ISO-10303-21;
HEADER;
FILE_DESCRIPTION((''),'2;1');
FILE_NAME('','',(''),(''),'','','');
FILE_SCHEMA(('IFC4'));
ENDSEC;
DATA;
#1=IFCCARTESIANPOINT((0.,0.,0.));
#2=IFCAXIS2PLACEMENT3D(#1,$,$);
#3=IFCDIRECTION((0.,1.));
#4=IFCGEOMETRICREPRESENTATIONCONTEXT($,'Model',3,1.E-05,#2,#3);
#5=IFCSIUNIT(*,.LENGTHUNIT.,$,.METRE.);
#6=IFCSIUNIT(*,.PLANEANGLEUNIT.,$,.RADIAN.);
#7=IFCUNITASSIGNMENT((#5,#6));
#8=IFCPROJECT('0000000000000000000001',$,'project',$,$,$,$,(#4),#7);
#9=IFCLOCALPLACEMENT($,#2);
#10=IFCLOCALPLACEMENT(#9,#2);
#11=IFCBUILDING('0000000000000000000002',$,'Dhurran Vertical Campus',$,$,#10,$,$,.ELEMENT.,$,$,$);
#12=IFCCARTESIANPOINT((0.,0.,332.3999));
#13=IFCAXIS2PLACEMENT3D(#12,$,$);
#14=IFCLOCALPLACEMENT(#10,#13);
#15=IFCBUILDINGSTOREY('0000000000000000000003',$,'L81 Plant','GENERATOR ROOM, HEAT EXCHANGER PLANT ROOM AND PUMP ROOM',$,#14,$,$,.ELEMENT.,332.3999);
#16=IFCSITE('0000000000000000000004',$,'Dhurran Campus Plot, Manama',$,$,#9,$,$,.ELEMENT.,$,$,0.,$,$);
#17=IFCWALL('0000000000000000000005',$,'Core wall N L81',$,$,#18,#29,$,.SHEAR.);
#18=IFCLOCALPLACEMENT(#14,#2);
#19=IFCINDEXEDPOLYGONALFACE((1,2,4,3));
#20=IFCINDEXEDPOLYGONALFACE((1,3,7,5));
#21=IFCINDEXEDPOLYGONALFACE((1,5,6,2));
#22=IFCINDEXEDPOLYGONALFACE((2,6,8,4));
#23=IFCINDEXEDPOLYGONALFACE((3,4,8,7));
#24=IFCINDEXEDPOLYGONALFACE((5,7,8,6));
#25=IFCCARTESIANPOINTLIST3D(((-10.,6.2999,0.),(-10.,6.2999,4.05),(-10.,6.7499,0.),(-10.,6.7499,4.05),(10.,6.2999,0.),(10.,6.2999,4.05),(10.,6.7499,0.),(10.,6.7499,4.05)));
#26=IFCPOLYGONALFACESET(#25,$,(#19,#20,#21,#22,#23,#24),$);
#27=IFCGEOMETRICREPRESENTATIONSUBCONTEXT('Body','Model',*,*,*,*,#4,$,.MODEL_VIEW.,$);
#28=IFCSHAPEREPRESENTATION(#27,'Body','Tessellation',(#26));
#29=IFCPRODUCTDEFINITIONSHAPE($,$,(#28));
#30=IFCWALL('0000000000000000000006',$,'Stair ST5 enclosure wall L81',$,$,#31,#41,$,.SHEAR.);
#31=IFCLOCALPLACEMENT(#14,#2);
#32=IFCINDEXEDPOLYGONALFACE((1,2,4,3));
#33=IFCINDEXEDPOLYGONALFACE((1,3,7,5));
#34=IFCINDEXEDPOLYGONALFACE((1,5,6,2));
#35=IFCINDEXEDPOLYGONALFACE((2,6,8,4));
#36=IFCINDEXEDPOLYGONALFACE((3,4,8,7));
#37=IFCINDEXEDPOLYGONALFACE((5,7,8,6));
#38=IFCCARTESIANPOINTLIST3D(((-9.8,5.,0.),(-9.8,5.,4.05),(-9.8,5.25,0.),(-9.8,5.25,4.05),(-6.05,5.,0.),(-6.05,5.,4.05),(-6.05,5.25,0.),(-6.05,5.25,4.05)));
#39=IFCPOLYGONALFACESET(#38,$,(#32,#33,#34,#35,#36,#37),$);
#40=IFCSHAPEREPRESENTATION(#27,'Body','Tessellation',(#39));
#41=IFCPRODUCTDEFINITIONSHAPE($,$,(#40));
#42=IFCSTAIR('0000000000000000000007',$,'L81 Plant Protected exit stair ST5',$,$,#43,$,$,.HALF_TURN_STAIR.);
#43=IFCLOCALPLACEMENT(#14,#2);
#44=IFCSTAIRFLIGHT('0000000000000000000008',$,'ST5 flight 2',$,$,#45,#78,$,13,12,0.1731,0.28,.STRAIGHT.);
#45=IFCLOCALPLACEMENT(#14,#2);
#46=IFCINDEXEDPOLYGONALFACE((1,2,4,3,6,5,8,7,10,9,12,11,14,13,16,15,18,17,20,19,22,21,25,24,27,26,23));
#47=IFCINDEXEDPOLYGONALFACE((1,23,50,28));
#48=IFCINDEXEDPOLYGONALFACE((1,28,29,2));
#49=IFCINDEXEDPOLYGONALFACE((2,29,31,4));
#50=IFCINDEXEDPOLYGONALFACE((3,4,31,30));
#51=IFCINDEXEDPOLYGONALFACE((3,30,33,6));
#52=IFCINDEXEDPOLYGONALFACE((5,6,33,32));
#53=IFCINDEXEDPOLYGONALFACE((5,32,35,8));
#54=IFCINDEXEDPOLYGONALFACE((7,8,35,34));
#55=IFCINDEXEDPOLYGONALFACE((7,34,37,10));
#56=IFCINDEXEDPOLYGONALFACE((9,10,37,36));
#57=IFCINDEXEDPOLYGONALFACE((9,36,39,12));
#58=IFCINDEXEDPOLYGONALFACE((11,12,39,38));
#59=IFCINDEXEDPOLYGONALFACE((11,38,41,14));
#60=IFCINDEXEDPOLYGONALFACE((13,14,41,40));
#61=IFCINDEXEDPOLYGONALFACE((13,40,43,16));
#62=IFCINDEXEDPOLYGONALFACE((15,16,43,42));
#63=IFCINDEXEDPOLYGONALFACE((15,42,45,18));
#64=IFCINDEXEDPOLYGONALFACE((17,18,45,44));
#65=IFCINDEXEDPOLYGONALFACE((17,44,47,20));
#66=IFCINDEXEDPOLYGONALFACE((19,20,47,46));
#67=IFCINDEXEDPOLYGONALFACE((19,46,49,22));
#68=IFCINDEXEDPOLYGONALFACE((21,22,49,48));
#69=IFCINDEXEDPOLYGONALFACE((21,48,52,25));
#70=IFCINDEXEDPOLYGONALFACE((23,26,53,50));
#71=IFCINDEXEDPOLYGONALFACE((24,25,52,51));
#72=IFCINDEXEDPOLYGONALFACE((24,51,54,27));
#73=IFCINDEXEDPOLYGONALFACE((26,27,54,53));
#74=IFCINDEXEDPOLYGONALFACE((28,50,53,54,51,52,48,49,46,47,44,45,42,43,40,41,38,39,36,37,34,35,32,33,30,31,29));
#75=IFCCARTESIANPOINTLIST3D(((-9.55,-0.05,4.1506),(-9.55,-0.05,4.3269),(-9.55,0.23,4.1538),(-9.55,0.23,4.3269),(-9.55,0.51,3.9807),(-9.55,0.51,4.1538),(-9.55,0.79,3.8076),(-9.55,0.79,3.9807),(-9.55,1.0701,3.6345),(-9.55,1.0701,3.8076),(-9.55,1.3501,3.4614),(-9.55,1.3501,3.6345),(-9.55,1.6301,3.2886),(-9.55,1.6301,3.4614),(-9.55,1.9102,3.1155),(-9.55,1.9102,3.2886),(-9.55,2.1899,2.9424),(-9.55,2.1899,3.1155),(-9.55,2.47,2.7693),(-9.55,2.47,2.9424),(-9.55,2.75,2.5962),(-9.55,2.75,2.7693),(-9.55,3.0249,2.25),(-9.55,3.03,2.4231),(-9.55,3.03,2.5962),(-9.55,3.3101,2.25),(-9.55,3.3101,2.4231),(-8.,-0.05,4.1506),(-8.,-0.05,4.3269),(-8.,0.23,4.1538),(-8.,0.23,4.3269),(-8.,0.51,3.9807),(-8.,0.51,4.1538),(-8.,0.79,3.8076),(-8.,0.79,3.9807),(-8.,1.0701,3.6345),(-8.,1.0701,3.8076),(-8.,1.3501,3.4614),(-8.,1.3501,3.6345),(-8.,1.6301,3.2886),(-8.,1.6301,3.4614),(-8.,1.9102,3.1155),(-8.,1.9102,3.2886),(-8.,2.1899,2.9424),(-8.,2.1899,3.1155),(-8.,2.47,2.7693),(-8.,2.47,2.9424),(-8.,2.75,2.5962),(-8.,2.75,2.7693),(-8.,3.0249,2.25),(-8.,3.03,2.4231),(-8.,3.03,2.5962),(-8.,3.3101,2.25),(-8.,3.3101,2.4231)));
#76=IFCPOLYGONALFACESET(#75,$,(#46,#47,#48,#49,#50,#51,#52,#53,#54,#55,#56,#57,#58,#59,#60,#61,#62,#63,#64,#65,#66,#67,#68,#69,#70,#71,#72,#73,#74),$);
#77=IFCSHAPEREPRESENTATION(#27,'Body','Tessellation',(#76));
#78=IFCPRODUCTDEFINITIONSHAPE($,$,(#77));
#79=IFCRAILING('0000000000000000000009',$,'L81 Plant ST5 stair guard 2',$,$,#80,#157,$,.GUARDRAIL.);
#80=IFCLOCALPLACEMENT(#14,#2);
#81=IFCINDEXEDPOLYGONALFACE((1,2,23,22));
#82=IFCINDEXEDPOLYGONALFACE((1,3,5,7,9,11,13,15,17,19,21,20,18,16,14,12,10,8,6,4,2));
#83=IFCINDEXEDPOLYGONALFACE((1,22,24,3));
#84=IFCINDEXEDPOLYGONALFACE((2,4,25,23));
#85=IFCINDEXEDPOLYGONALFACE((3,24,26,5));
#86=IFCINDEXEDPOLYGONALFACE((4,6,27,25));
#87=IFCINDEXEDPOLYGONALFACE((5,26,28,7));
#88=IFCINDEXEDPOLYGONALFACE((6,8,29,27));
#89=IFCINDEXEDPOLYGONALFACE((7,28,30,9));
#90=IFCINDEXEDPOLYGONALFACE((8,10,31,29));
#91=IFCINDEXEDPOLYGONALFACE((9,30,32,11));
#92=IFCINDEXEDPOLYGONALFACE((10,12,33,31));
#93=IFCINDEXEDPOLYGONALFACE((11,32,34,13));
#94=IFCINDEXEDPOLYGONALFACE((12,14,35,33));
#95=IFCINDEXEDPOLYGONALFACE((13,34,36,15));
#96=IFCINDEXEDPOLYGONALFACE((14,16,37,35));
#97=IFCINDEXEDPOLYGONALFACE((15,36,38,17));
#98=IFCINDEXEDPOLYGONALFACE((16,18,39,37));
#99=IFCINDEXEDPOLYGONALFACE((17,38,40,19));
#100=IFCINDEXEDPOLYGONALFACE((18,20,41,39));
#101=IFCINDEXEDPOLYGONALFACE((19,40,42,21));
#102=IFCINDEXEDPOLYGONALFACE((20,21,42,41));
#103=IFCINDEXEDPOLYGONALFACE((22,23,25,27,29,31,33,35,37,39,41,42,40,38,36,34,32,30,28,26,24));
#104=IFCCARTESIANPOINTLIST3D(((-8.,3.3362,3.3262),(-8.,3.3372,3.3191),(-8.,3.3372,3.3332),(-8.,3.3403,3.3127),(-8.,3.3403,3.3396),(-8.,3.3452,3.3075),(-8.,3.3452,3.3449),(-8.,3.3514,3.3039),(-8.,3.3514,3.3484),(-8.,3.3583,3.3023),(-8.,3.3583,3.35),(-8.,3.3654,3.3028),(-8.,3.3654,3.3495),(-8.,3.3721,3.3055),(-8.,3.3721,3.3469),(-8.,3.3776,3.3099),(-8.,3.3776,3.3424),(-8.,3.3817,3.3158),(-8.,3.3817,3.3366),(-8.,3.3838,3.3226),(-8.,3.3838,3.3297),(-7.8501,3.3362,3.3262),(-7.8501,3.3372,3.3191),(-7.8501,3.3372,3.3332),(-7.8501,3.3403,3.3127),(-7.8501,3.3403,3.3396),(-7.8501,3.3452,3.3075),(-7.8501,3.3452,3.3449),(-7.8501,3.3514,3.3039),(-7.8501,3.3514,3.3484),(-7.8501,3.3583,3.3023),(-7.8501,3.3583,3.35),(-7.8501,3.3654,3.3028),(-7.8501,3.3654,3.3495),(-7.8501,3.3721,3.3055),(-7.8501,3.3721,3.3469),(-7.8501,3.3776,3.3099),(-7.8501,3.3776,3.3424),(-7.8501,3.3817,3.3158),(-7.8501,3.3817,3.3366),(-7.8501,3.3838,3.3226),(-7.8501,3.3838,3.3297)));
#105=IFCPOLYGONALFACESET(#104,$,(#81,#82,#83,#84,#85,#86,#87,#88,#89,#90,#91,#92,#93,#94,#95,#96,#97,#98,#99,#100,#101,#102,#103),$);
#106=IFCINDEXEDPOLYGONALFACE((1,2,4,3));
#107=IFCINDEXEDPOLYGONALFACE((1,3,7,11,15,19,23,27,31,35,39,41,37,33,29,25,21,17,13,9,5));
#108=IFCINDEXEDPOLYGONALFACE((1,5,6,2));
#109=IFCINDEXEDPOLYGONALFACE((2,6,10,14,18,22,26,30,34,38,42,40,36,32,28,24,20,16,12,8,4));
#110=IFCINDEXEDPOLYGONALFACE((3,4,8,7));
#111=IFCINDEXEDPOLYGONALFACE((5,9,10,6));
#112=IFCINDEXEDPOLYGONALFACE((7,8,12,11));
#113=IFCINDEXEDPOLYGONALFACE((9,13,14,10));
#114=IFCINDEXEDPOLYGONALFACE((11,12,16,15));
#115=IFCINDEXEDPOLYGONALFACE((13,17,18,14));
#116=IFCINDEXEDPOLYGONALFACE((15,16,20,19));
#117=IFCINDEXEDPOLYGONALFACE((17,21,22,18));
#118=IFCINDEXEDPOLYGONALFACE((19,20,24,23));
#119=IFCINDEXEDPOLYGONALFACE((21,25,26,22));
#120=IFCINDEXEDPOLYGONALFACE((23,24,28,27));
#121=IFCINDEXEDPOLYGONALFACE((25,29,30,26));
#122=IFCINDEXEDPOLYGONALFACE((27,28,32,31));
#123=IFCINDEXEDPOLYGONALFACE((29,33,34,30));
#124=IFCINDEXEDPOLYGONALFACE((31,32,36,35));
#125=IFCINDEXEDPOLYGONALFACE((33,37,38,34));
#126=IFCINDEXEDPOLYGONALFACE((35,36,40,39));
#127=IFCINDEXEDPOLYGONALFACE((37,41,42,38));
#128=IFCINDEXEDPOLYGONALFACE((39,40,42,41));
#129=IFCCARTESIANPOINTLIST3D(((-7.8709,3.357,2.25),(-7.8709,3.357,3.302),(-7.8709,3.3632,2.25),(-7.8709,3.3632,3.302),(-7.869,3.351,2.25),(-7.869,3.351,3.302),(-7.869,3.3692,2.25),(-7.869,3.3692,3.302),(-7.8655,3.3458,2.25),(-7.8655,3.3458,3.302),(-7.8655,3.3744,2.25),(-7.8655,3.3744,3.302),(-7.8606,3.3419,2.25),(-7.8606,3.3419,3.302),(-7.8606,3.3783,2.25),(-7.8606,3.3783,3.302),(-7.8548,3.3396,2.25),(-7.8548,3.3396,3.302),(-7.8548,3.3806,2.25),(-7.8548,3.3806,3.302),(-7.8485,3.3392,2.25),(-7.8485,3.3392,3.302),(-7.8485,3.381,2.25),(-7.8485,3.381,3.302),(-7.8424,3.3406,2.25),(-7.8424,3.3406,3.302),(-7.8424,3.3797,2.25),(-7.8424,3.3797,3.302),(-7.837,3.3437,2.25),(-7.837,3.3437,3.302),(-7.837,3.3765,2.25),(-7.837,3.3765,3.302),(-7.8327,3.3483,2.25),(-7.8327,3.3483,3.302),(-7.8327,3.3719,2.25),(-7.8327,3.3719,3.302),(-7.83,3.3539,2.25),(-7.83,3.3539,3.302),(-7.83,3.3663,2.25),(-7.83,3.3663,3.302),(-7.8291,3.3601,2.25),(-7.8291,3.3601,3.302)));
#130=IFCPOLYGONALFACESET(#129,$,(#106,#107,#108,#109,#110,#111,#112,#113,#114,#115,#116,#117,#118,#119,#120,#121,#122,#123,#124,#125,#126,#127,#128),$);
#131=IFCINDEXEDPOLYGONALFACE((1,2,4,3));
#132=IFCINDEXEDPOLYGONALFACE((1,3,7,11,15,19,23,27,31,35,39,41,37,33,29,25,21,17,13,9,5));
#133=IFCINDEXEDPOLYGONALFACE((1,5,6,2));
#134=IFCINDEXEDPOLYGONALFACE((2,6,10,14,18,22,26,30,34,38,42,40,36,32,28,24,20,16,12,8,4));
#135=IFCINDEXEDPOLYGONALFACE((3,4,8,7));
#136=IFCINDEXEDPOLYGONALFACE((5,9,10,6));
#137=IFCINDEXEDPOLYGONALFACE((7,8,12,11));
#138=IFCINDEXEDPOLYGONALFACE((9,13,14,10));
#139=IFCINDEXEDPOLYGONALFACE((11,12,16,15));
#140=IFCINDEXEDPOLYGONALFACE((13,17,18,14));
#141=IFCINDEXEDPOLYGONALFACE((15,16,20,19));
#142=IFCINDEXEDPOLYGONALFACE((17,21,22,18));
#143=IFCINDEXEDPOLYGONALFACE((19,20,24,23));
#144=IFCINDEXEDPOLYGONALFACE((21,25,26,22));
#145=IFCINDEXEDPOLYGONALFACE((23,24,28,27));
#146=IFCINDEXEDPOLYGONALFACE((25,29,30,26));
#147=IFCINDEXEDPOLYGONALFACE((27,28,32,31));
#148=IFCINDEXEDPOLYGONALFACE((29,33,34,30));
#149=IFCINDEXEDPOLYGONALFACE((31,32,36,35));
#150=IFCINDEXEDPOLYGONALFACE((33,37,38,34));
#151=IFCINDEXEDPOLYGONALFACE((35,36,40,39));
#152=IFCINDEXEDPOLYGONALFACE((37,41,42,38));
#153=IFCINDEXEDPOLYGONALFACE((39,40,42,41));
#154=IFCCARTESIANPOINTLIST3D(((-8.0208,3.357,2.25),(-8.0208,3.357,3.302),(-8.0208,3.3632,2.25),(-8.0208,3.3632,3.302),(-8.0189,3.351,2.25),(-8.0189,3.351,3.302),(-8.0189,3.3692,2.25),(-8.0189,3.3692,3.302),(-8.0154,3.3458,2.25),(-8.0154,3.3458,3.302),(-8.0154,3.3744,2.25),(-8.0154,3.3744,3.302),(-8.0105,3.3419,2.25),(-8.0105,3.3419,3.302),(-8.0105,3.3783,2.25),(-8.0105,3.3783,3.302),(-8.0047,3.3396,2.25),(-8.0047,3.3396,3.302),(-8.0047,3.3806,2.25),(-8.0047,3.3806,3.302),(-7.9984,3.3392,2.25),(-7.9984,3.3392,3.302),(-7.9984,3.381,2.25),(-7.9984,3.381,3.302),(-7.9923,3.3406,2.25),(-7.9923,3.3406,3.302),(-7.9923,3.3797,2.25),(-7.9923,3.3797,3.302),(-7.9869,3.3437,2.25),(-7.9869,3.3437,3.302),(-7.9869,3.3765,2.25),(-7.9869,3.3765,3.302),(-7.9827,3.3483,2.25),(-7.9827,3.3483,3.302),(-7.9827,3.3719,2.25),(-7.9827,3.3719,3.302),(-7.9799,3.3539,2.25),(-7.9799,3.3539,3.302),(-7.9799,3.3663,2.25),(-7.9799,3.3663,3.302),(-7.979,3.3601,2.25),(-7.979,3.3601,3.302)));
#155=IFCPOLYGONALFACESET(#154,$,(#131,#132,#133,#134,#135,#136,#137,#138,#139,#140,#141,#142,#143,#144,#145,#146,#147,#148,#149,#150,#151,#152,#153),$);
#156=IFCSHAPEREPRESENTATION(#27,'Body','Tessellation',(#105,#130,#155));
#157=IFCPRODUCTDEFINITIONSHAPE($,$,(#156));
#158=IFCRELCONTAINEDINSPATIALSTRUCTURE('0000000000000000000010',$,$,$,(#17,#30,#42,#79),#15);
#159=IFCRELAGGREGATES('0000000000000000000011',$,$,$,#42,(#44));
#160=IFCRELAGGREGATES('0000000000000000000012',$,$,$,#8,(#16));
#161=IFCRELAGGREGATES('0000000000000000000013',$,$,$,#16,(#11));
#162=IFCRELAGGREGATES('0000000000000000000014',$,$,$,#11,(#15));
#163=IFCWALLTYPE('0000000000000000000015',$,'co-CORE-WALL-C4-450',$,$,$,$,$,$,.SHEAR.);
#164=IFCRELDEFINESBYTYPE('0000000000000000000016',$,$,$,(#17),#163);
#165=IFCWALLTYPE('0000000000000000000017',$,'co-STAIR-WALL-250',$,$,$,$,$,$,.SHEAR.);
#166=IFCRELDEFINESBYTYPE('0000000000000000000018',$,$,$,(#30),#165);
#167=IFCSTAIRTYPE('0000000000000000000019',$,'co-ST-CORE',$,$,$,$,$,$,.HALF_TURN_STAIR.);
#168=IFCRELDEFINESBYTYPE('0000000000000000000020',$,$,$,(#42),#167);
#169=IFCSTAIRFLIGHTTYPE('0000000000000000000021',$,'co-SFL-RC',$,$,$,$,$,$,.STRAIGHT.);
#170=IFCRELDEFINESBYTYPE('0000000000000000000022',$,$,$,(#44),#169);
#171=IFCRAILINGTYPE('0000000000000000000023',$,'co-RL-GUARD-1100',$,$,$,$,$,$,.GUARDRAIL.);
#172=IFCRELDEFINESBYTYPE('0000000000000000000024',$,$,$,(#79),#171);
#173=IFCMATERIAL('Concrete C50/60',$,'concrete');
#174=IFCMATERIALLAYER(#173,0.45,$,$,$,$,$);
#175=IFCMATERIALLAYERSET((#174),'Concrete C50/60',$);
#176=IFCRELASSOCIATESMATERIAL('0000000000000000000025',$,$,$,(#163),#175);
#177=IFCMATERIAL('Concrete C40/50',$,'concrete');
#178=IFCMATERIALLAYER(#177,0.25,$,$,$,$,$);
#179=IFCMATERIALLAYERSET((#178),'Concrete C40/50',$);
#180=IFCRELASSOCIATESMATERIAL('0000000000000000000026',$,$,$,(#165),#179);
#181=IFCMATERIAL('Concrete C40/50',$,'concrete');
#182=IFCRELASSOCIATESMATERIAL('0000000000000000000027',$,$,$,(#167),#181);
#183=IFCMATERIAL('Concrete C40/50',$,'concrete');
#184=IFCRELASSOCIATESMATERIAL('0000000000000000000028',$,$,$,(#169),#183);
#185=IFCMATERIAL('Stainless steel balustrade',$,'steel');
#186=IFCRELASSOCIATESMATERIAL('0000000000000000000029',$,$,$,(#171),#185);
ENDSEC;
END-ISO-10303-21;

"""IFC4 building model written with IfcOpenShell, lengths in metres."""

from ifc_helpers import new_model, si_unit, direction, frame, frame_2d, origin, origin_2d, place, context, subcontext, project, spatial, polyline, rectangle, circle, outline, extrude, material, layer, layer_set, type_object, element, aggregate, save


model = new_model("IFC4")

# Units and contexts
model_context = context("Model", 3, precision=1e-05, world=origin(), true_north=direction((0.0, 1.0)))
body_context = subcontext(model_context, "Body", "Model", "MODEL_VIEW")
ifc_project = project(units=[si_unit("LENGTHUNIT", "METRE"), si_unit("PLANEANGLEUNIT", "RADIAN")], contexts=[model_context])

# Site, building, storey
site_placement = place(None, origin())
site = spatial("IfcSite", under=ifc_project, at=site_placement, Name="Dhurran Campus Plot, Manama", CompositionType="ELEMENT", RefElevation=0.0)
building_placement = place(site_placement, origin())
building = spatial("IfcBuilding", under=site, at=building_placement, Name="Dhurran Vertical Campus", CompositionType="ELEMENT")
storey_placement = place(building_placement, frame((0.0, 0.0, 332.3999)))
storey = spatial("IfcBuildingStorey", under=building, at=storey_placement, Name="L81 Plant", Description="GENERATOR ROOM, HEAT EXCHANGER PLANT ROOM AND PUMP ROOM", CompositionType="ELEMENT", Elevation=332.3999)

# Walls
ifc_material_1 = material(Name="Concrete C50/60", Category="concrete")
ifc_layer_1 = layer(ifc_material_1, 0.45)
ifc_layer_set_1 = layer_set([ifc_layer_1], Name="Concrete C50/60")
wall_type_1 = type_object("IfcWallType", Name="co-CORE-WALL-C4-450", PredefinedType="SHEAR", material=ifc_layer_set_1)
wall_1_placement = place(storey_placement, frame((-10.0, 6.5249, 0.0), z_axis=(0.0, 0.0, 1.0), x_axis=(1.0, 0.0, 0.0)))
element("IfcWall", 1, at=wall_1_placement, inside=storey, type_object=wall_type_1, Name="Core wall N L81", PredefinedType="SHEAR", context=body_context, shape_type="SweptSolid", body=[
    extrude(rectangle(XDim=20.0, YDim=0.45, at=frame_2d((10.0, 0.0))), origin(), (0.0, 0.0, 1.0), 4.05),
])
ifc_material_2 = material(Name="Concrete C40/50", Category="concrete")
ifc_layer_2 = layer(ifc_material_2, 0.25)
ifc_layer_set_2 = layer_set([ifc_layer_2], Name="Concrete C40/50")
wall_type_2 = type_object("IfcWallType", Name="co-STAIR-WALL-250", PredefinedType="SHEAR", material=ifc_layer_set_2)
wall_2_placement = place(storey_placement, frame((-9.8, 5.125, 0.0), z_axis=(0.0, 0.0, 1.0), x_axis=(1.0, 0.0, 0.0)))
element("IfcWall", 2, at=wall_2_placement, inside=storey, type_object=wall_type_2, Name="Stair ST5 enclosure wall L81", PredefinedType="SHEAR", context=body_context, shape_type="SweptSolid", body=[
    extrude(rectangle(XDim=3.75, YDim=0.25, at=frame_2d((1.875, 0.0))), origin(), (0.0, 0.0, 1.0), 4.05),
])

# Stair, stair flight
ifc_material_3 = material(Name="Concrete C40/50", Category="concrete")
stair_type = type_object("IfcStairType", Name="co-ST-CORE", PredefinedType="HALF_TURN_STAIR", material=ifc_material_3)
stair_placement = place(storey_placement, origin())
stair = element("IfcStair", 3, at=stair_placement, inside=storey, type_object=stair_type, Name="L81 Plant Protected exit stair ST5", PredefinedType="HALF_TURN_STAIR")
ifc_material_4 = material(Name="Concrete C40/50", Category="concrete")
stair_flight_type = type_object("IfcStairFlightType", Name="co-SFL-RC", PredefinedType="STRAIGHT", material=ifc_material_4)
stair_flight_placement = place(storey_placement, frame((-8.7749, 3.3101, 2.25), z_axis=(0.0, 0.0, 1.0), x_axis=(0.0, -1.0, 0.0)))
stair_flight = element("IfcStairFlight", 4, at=stair_flight_placement, type_object=stair_flight_type, Name="ST5 flight 2", NumberOfRisers=13, NumberOfTreads=12, PredefinedType="STRAIGHT", RiserHeight=0.1731, TreadLength=0.28, context=body_context, shape_type="SweptSolid", body=[
    extrude(outline(polyline([(0.0, 0.0), (0.0, 0.1731), (0.28, 0.1731), (0.28, 0.3462), (0.5601, 0.3462), (0.5601, 0.5193), (0.8401, 0.5193), (0.8401, 0.6924), (1.1201, 0.6924), (1.1201, 0.8655), (1.3999, 0.8655), (1.3999, 1.0386), (1.6799, 1.0386), (1.6799, 1.2114), (1.96, 1.2114), (1.96, 1.3845), (2.24, 1.3845), (2.24, 1.5576), (2.52, 1.5576), (2.52, 1.7307), (2.8, 1.7307), (2.8, 1.9038), (3.0801, 1.9038), (3.0801, 2.0769), (3.3601, 2.0769), (3.3601, 2.25), (3.3601, 1.9006), (0.2852, 0.0), (0.0, 0.0)])), frame((0.0, 0.7749, 0.0), z_axis=(0.0, -1.0, 0.0), x_axis=(1.0, 0.0, 0.0)), (0.0, 0.0, 1.0), 1.55),
])
aggregate(stair, [stair_flight])

# Railing
ifc_material_5 = material(Name="Stainless steel balustrade", Category="steel")
railing_type_1 = type_object("IfcRailingType", Name="co-RL-GUARD-1100", PredefinedType="GUARDRAIL", material=ifc_material_5)
railing_1_placement = place(storey_placement, frame((-7.8501, 3.3601, 2.25)))
element("IfcRailing", 5, at=railing_1_placement, inside=storey, type_object=railing_type_1, Name="L81 Plant ST5 stair guard 2", PredefinedType="GUARDRAIL", context=body_context, shape_type="SweptSolid", body=[
    extrude(circle(Radius=0.0239, at=origin_2d()), frame((0.0, 0.0, 1.0762), z_axis=(-1.0, 0.0, 0.0), x_axis=(0.0, -1.0, 0.0)), (0.0, 0.0, 1.0), 0.1499),
    extrude(circle(Radius=0.021, at=origin_2d()), origin(), (0.0, 0.0, 1.0), 1.052),
    extrude(circle(Radius=0.021, at=origin_2d()), frame((-0.1499, 0.0, 0.0)), (0.0, 0.0, 1.0), 1.052),
])

save(model, "model.ifc")
